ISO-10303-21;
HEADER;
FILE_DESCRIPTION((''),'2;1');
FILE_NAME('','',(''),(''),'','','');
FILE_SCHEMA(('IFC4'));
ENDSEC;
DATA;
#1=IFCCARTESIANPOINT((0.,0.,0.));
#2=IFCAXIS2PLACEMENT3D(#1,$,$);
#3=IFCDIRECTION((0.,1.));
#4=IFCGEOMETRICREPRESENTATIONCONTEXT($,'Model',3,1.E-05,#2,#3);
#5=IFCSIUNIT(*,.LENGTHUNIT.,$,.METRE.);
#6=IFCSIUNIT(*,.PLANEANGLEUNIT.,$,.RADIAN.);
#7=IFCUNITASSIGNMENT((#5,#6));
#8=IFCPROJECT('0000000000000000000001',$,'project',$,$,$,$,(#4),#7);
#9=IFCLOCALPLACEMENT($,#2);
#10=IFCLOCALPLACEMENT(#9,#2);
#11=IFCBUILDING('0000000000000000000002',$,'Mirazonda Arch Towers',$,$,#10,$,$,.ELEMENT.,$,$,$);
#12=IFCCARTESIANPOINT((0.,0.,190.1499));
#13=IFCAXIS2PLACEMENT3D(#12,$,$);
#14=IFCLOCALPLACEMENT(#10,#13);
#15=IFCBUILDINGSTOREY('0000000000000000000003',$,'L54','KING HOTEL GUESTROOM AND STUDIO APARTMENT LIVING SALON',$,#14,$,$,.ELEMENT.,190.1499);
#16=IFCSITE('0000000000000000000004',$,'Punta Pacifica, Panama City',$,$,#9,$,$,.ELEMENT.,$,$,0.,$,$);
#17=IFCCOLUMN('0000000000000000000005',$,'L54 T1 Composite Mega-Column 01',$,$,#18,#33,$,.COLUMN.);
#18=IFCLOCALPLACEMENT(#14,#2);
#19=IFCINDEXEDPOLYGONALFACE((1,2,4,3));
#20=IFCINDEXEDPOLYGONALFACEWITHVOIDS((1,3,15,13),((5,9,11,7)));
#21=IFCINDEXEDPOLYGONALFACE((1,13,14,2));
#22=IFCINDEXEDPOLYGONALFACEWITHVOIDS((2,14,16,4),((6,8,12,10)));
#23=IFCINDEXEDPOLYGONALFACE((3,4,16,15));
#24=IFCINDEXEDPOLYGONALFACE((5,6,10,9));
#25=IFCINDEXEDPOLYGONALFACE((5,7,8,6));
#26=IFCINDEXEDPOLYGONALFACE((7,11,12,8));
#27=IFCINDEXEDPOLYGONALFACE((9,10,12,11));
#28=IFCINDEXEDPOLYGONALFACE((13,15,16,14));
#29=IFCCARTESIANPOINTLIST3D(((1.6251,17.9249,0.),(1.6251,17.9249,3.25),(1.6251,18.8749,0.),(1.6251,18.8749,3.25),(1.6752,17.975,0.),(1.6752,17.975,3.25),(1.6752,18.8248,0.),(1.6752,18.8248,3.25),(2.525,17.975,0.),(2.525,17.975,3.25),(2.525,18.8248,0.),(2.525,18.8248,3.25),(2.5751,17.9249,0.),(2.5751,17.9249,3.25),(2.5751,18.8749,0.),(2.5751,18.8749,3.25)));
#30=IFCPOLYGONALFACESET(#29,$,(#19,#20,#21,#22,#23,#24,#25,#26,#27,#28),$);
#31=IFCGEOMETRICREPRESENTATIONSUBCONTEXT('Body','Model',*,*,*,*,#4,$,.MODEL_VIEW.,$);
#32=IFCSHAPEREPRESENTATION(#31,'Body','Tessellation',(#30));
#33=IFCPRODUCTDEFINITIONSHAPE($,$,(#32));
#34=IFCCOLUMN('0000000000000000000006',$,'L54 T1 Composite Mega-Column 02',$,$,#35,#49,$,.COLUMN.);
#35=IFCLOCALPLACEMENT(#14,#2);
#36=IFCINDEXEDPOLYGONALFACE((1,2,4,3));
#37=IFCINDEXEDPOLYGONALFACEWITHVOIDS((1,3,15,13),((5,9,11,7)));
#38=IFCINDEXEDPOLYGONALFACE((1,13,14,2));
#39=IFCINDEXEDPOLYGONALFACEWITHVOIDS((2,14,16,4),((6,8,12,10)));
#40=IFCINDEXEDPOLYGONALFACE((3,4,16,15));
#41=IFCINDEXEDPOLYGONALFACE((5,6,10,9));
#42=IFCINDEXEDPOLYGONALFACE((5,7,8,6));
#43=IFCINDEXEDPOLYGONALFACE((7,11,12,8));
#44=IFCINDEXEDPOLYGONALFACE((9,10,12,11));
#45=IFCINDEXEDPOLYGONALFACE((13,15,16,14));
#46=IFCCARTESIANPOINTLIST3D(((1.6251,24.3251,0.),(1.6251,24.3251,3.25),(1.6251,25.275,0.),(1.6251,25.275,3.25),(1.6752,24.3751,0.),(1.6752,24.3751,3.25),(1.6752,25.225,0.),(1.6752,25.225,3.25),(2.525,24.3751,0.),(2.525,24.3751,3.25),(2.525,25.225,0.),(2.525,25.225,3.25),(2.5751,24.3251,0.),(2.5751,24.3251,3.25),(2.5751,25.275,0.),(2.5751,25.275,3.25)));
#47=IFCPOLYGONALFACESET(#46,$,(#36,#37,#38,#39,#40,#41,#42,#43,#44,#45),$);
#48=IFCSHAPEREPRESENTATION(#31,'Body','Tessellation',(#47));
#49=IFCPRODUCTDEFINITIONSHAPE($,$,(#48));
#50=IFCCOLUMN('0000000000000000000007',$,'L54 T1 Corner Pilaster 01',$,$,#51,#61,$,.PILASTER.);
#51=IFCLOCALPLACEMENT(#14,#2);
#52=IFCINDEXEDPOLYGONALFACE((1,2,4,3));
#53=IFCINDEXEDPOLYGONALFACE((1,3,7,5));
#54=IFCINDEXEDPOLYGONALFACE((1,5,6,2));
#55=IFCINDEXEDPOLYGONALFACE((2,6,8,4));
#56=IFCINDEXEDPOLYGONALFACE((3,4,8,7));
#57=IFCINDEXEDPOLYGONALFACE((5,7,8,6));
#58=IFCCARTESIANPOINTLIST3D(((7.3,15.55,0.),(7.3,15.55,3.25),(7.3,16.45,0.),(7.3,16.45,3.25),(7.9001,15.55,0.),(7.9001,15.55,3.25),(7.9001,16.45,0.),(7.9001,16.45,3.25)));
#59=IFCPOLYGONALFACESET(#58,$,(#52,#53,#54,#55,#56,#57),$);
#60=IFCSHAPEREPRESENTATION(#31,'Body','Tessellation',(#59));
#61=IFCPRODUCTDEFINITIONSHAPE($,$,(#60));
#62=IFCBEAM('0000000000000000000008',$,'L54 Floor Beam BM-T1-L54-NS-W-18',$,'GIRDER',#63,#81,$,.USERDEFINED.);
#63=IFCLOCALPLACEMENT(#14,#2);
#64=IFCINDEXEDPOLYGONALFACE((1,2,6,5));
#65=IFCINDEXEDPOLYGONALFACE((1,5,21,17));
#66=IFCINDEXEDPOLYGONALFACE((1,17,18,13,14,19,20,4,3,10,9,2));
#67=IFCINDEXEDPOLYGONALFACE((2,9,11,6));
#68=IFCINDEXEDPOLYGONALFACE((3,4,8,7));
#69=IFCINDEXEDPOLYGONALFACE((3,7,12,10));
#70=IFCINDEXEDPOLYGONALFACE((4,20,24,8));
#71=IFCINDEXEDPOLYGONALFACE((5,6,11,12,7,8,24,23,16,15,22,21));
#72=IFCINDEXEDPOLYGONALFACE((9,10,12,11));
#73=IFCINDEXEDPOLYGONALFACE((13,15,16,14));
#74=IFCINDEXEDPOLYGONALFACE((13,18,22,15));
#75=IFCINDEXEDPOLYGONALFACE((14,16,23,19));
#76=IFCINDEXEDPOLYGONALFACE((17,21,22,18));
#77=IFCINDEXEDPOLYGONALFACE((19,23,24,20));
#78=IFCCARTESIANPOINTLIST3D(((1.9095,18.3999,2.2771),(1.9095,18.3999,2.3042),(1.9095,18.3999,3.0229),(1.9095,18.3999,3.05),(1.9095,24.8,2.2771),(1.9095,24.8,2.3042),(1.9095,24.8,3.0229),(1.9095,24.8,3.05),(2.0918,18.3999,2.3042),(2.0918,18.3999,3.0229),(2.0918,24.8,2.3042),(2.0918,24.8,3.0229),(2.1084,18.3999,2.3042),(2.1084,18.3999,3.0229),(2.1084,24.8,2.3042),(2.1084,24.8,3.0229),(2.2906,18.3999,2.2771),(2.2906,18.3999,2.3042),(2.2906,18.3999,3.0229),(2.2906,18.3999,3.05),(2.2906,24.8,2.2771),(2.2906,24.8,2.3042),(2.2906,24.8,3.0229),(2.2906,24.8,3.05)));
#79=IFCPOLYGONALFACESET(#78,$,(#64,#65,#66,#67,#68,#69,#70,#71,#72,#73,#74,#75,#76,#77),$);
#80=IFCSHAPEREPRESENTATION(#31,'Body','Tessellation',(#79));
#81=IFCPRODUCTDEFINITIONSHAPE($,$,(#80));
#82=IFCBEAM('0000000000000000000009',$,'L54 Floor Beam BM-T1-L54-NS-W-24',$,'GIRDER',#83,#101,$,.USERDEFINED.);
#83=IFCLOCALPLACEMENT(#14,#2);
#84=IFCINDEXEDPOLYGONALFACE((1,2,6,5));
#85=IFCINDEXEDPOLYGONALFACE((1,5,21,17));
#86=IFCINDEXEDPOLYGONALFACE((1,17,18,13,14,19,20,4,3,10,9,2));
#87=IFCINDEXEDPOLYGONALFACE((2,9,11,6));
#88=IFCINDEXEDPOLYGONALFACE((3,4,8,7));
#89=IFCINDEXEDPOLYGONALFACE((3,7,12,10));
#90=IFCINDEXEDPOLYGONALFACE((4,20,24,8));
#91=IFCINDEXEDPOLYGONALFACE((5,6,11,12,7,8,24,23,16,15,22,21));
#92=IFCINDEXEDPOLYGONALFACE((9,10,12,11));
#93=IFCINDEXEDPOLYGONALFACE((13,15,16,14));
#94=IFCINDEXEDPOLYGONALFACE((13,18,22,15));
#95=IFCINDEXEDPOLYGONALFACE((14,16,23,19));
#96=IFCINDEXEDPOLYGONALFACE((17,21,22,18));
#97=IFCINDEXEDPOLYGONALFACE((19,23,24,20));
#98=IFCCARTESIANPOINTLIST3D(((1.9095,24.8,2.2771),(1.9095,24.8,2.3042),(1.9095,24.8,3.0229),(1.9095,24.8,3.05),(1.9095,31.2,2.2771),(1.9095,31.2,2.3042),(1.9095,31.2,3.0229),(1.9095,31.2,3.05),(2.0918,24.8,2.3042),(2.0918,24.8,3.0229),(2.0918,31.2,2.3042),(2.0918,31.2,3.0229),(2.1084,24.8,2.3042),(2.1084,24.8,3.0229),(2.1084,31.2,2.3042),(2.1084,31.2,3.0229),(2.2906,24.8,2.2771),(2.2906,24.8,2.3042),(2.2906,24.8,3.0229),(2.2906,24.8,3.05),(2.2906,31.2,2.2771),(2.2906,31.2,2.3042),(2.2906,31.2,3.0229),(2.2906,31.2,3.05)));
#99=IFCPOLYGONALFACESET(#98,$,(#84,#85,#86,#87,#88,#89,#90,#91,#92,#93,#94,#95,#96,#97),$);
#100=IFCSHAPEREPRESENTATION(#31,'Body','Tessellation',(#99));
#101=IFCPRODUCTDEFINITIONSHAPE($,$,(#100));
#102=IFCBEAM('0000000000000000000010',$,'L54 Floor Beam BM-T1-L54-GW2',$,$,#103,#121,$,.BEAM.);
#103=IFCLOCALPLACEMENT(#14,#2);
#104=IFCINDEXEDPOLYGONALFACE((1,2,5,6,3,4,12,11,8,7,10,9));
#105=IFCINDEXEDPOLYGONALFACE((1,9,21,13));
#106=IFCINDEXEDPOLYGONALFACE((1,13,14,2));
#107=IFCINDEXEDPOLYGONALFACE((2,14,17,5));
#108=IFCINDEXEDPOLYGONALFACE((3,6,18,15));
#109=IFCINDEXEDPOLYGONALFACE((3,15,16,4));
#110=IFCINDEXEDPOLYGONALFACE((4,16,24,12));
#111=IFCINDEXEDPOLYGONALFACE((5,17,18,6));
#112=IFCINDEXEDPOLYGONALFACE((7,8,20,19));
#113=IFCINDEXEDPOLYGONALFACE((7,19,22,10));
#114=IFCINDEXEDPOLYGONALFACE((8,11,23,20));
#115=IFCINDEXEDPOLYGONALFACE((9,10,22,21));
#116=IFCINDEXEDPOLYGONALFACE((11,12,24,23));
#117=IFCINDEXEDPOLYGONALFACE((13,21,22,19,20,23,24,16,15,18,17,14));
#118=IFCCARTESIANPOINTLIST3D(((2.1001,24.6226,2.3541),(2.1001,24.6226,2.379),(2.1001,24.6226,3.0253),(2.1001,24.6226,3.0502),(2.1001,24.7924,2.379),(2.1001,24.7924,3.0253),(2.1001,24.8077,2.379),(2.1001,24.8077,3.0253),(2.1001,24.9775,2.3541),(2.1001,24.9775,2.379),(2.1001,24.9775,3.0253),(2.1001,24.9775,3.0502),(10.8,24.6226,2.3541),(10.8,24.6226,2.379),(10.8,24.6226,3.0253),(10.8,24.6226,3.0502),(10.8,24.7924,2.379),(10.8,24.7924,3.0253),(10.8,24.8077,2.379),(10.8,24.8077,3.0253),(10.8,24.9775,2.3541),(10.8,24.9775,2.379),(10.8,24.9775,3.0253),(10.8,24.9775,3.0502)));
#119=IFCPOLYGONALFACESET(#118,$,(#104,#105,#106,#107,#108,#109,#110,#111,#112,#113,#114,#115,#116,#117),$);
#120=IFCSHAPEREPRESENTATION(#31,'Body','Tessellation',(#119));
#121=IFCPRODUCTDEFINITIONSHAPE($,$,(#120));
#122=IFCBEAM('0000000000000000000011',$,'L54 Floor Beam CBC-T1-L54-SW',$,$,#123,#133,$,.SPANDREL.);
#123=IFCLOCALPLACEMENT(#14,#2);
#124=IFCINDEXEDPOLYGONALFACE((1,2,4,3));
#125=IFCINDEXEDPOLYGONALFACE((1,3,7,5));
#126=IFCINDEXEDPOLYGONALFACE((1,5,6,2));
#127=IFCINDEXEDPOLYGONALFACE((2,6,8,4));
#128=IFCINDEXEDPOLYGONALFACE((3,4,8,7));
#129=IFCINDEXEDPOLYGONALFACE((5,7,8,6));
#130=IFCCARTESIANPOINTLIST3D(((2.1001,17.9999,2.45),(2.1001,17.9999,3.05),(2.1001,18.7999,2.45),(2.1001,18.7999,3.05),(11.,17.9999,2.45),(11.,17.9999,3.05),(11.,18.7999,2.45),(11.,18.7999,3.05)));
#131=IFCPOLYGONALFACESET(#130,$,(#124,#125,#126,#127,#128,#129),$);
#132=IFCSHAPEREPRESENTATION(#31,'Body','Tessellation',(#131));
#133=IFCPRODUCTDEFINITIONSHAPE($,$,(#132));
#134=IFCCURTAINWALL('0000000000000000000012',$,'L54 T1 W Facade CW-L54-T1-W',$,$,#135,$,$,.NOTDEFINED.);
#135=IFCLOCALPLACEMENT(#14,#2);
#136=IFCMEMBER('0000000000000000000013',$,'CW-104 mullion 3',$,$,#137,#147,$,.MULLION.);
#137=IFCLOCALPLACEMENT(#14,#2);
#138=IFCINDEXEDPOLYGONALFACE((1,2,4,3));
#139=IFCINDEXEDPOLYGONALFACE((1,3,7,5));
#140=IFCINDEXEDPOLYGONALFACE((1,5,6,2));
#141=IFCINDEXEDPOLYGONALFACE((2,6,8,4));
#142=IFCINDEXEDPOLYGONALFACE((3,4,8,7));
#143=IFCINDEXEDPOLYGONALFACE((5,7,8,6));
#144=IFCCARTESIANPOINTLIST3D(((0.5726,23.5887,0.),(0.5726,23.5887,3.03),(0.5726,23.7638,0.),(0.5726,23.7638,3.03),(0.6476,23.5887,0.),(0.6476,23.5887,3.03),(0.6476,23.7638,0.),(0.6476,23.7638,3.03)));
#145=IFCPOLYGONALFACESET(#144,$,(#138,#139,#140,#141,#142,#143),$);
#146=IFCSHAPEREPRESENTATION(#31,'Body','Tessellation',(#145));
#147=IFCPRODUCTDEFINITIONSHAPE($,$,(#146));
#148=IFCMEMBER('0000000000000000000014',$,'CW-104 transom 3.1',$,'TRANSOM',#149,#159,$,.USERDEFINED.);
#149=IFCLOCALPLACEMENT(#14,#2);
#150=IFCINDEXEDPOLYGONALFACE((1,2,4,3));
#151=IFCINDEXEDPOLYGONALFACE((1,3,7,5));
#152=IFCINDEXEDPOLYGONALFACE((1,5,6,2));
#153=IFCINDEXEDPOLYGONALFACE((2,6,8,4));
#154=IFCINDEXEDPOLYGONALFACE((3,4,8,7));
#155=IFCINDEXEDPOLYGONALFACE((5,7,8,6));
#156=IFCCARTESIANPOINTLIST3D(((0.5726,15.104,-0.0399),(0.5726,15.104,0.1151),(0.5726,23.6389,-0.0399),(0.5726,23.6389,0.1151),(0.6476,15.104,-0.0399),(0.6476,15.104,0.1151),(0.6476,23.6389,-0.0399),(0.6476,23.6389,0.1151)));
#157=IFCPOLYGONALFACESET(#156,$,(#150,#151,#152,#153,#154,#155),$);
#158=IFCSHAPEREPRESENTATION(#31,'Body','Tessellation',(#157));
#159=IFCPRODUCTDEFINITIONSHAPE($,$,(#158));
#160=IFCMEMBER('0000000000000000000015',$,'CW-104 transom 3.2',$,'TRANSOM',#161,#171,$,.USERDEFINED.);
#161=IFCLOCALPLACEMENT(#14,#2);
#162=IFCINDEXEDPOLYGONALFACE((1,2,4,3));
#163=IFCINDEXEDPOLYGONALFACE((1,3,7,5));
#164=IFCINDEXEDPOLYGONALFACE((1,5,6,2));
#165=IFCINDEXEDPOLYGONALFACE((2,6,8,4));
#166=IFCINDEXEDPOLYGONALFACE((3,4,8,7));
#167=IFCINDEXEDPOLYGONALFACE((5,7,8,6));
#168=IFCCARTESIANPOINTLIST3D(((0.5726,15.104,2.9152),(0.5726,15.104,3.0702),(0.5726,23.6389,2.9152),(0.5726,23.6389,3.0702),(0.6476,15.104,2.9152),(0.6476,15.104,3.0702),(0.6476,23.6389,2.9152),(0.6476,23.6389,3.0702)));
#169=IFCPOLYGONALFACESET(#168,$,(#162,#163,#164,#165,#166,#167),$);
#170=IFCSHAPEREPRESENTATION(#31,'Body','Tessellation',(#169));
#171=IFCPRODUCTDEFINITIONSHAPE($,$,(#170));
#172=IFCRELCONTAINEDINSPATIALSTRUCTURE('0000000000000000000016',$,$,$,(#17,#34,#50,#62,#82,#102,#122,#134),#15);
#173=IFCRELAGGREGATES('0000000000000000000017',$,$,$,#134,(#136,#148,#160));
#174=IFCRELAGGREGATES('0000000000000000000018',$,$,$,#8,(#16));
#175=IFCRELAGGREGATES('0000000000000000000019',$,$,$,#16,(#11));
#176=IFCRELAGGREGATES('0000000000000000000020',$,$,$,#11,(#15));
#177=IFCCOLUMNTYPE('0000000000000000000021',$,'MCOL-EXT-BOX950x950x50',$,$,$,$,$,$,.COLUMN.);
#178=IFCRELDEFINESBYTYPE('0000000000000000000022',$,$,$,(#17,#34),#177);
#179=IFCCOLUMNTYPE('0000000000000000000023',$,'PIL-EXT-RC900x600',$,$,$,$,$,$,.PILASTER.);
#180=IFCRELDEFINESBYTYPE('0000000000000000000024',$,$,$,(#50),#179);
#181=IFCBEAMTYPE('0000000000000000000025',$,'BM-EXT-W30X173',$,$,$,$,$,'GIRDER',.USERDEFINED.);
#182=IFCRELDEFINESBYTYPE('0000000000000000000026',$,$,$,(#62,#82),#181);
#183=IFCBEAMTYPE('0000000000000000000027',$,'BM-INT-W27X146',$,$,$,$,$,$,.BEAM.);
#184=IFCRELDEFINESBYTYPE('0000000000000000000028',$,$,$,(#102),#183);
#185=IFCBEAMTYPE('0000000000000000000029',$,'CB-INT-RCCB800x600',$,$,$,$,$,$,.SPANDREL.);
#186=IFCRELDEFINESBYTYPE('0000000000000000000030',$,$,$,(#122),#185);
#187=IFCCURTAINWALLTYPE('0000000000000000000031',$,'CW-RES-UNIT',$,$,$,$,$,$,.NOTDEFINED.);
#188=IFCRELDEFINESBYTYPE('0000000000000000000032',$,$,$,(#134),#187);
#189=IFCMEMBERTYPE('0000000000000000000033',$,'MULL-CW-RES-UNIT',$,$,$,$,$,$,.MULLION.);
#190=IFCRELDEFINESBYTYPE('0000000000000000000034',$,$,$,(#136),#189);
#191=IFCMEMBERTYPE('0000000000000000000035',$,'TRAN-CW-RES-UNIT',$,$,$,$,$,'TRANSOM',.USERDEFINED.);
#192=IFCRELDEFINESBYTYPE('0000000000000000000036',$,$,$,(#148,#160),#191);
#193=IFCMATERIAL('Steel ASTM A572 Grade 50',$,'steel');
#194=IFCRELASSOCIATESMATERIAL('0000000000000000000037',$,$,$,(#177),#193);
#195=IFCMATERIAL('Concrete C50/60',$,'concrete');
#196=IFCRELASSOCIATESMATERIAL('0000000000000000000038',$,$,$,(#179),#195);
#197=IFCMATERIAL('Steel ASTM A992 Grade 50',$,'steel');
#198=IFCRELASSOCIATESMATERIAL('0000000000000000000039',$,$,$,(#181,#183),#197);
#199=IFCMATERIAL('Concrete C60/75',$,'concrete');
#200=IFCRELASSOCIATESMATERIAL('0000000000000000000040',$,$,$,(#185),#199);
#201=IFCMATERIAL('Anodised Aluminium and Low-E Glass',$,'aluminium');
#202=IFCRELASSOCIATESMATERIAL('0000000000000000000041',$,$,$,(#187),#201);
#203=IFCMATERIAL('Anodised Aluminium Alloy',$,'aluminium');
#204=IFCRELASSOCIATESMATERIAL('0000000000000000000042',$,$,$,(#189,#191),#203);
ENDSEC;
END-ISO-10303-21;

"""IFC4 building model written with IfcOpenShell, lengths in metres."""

from ifc_helpers import new_model, si_unit, direction, frame, origin, origin_2d, place, context, subcontext, project, spatial, rectangle, hollow_rectangle, i_section, extrude, material, material_profile, profile_set, type_object, element, aggregate, save


model = new_model("IFC4")

# Units and contexts
model_context = context("Model", 3, precision=1e-05, world=origin(), true_north=direction((0.0, 1.0)))
body_context = subcontext(model_context, "Body", "Model", "MODEL_VIEW")
ifc_project = project(units=[si_unit("LENGTHUNIT", "METRE"), si_unit("PLANEANGLEUNIT", "RADIAN")], contexts=[model_context])

# Site, building, storey
site_placement = place(None, origin())
site = spatial("IfcSite", under=ifc_project, at=site_placement, Name="Punta Pacifica, Panama City", CompositionType="ELEMENT", RefElevation=0.0)
building_placement = place(site_placement, origin())
building = spatial("IfcBuilding", under=site, at=building_placement, Name="Mirazonda Arch Towers", CompositionType="ELEMENT")
storey_placement = place(building_placement, frame((0.0, 0.0, 190.1499)))
storey = spatial("IfcBuildingStorey", under=building, at=storey_placement, Name="L54", Description="KING HOTEL GUESTROOM AND STUDIO APARTMENT LIVING SALON", CompositionType="ELEMENT", Elevation=190.1499)

# Columns
ifc_material_1 = material(Name="Steel ASTM A572 Grade 50", Category="steel")
ifc_material_profile_1 = material_profile(ifc_material_1, hollow_rectangle(XDim=0.95, YDim=0.95, WallThickness=0.05, at=origin_2d()), Name="BOX950x950x50")
ifc_profile_set_1 = profile_set([ifc_material_profile_1], Name="Steel ASTM A572 Grade 50")
column_type_1 = type_object("IfcColumnType", Name="MCOL-EXT-BOX950x950x50", PredefinedType="COLUMN", material=ifc_profile_set_1)
for number, where, z_axis, x_axis, name in (
    (1, (2.1001, 18.3999, 0.0), (0.0, 0.0, 1.0), (1.0, 0.0, 0.0), "L54 T1 Composite Mega-Column 01"),
    (2, (2.1001, 24.8, 0.0), (0.0, 0.0, 1.0), (1.0, 0.0, 0.0), "L54 T1 Composite Mega-Column 02"),
):
    element("IfcColumn", number, at=place(storey_placement, frame(where, z_axis=z_axis, x_axis=x_axis)), inside=storey, type_object=column_type_1, Name=name, PredefinedType="COLUMN", context=body_context, shape_type="SweptSolid", body=[
        extrude(hollow_rectangle(XDim=0.95, YDim=0.95, WallThickness=0.05, at=origin_2d()), origin(), (0.0, 0.0, 1.0), 3.25),
    ])
ifc_material_2 = material(Name="Concrete C50/60", Category="concrete")
ifc_material_profile_2 = material_profile(ifc_material_2, rectangle(XDim=0.6001, YDim=0.8999, at=origin_2d()), Name="RC900x600")
ifc_profile_set_2 = profile_set([ifc_material_profile_2], Name="Concrete C50/60")
column_type_2 = type_object("IfcColumnType", Name="PIL-EXT-RC900x600", PredefinedType="PILASTER", material=ifc_profile_set_2)
column_placement = place(storey_placement, frame((7.6001, 16.0, 0.0), z_axis=(0.0, 0.0, 1.0), x_axis=(1.0, 0.0, 0.0)))
element("IfcColumn", 3, at=column_placement, inside=storey, type_object=column_type_2, Name="L54 T1 Corner Pilaster 01", PredefinedType="PILASTER", context=body_context, shape_type="SweptSolid", body=[
    extrude(rectangle(XDim=0.6001, YDim=0.8999, at=origin_2d()), origin(), (0.0, 0.0, 1.0), 3.25),
])

# Beams
ifc_material_3 = material(Name="Steel ASTM A992 Grade 50", Category="steel")
ifc_material_profile_3 = material_profile(ifc_material_3, i_section(OverallWidth=0.3811, OverallDepth=0.7729, WebThickness=0.0166, FlangeThickness=0.0271, at=origin_2d()), Name="W30X173")
ifc_profile_set_3 = profile_set([ifc_material_profile_3], Name="Steel ASTM A992 Grade 50")
beam_type_1 = type_object("IfcBeamType", Name="BM-EXT-W30X173", ElementType="GIRDER", PredefinedType="USERDEFINED", material=ifc_profile_set_3)
beam_1_placement = place(storey_placement, frame((2.1001, 18.3999, 2.6636), z_axis=(0.0, 1.0, 0.0), x_axis=(-1.0, 0.0, 0.0)))
element("IfcBeam", 4, at=beam_1_placement, inside=storey, type_object=beam_type_1, Name="L54 Floor Beam BM-T1-L54-NS-W-18", ObjectType="GIRDER", PredefinedType="USERDEFINED", context=body_context, shape_type="SweptSolid", body=[
    extrude(i_section(OverallWidth=0.3811, OverallDepth=0.7729, WebThickness=0.0166, FlangeThickness=0.0271, at=origin_2d()), origin(), (0.0, 0.0, 1.0), 6.4001),
])
beam_2_placement = place(storey_placement, frame((2.1001, 24.8, 2.6636), z_axis=(0.0, 1.0, 0.0), x_axis=(-1.0, 0.0, 0.0)))
element("IfcBeam", 5, at=beam_2_placement, inside=storey, type_object=beam_type_1, Name="L54 Floor Beam BM-T1-L54-NS-W-24", ObjectType="GIRDER", PredefinedType="USERDEFINED", context=body_context, shape_type="SweptSolid", body=[
    extrude(i_section(OverallWidth=0.3811, OverallDepth=0.7729, WebThickness=0.0166, FlangeThickness=0.0271, at=origin_2d()), origin(), (0.0, 0.0, 1.0), 6.3999),
])
ifc_material_profile_4 = material_profile(ifc_material_3, i_section(OverallWidth=0.355, OverallDepth=0.696, WebThickness=0.0154, FlangeThickness=0.0249, at=origin_2d()), Name="W27X146")
ifc_profile_set_4 = profile_set([ifc_material_profile_4], Name="Steel ASTM A992 Grade 50")
beam_type_2 = type_object("IfcBeamType", Name="BM-INT-W27X146", PredefinedType="BEAM", material=ifc_profile_set_4)
beam_3_placement = place(storey_placement, frame((2.1001, 24.8, 2.7021), z_axis=(1.0, 0.0, 0.0), x_axis=(0.0, 1.0, 0.0)))
element("IfcBeam", 6, at=beam_3_placement, inside=storey, type_object=beam_type_2, Name="L54 Floor Beam BM-T1-L54-GW2", PredefinedType="BEAM", context=body_context, shape_type="SweptSolid", body=[
    extrude(i_section(OverallWidth=0.355, OverallDepth=0.696, WebThickness=0.0154, FlangeThickness=0.0249, at=origin_2d()), origin(), (0.0, 0.0, 1.0), 8.7),
])
ifc_material_4 = material(Name="Concrete C60/75", Category="concrete")
ifc_material_profile_5 = material_profile(ifc_material_4, rectangle(XDim=0.8, YDim=0.6001, at=origin_2d()), Name="RCCB800x600")
ifc_profile_set_5 = profile_set([ifc_material_profile_5], Name="Concrete C60/75")
beam_type_3 = type_object("IfcBeamType", Name="CB-INT-RCCB800x600", PredefinedType="SPANDREL", material=ifc_profile_set_5)
beam_4_placement = place(storey_placement, frame((2.1001, 18.3999, 2.75), z_axis=(1.0, 0.0, 0.0), x_axis=(0.0, 1.0, 0.0)))
element("IfcBeam", 7, at=beam_4_placement, inside=storey, type_object=beam_type_3, Name="L54 Floor Beam CBC-T1-L54-SW", PredefinedType="SPANDREL", context=body_context, shape_type="SweptSolid", body=[
    extrude(rectangle(XDim=0.8, YDim=0.6001, at=origin_2d()), origin(), (0.0, 0.0, 1.0), 8.8999),
])

# Curtain wall, members
ifc_material_5 = material(Name="Anodised Aluminium and Low-E Glass", Category="aluminium")
curtain_wall_type = type_object("IfcCurtainWallType", Name="CW-RES-UNIT", PredefinedType="NOTDEFINED", material=ifc_material_5)
curtain_wall_placement = place(storey_placement, origin())
curtain_wall = element("IfcCurtainWall", 8, at=curtain_wall_placement, inside=storey, type_object=curtain_wall_type, Name="L54 T1 W Facade CW-L54-T1-W", PredefinedType="NOTDEFINED")
ifc_material_6 = material(Name="Anodised Aluminium Alloy", Category="aluminium")
ifc_material_profile_6 = material_profile(ifc_material_6, rectangle(XDim=0.075, YDim=0.175, at=origin_2d()), Name="ALU-MULL-75x175")
ifc_profile_set_6 = profile_set([ifc_material_profile_6], Name="Anodised Aluminium Alloy")
member_type_1 = type_object("IfcMemberType", Name="MULL-CW-RES-UNIT", PredefinedType="MULLION", material=ifc_profile_set_6)
member_1_placement = place(storey_placement, frame((0.6101, 23.6763, 0.0), z_axis=(0.0, 0.0, 1.0), x_axis=(1.0, 0.0, 0.0)))
member_1 = element("IfcMember", 9, at=member_1_placement, type_object=member_type_1, Name="CW-104 mullion 3", PredefinedType="MULLION", context=body_context, shape_type="SweptSolid", body=[
    extrude(rectangle(XDim=0.075, YDim=0.175, at=origin_2d()), origin(), (0.0, 0.0, 1.0), 3.03),
])
ifc_material_profile_7 = material_profile(ifc_material_6, rectangle(XDim=0.075, YDim=0.155, at=origin_2d()), Name="ALU-TRAN-75x155")
ifc_profile_set_7 = profile_set([ifc_material_profile_7], Name="Anodised Aluminium Alloy")
member_type_2 = type_object("IfcMemberType", Name="TRAN-CW-RES-UNIT", ElementType="TRANSOM", PredefinedType="USERDEFINED", material=ifc_profile_set_7)
member_2_placement = place(storey_placement, frame((0.6101, 23.6389, 0.0376), z_axis=(0.0, -1.0, 0.0), x_axis=(1.0, 0.0, 0.0)))
member_2 = element("IfcMember", 10, at=member_2_placement, type_object=member_type_2, Name="CW-104 transom 3.1", ObjectType="TRANSOM", PredefinedType="USERDEFINED", context=body_context, shape_type="SweptSolid", body=[
    extrude(rectangle(XDim=0.075, YDim=0.155, at=origin_2d()), origin(), (0.0, 0.0, 1.0), 8.5349),
])
member_3_placement = place(storey_placement, frame((0.6101, 23.6389, 2.9927), z_axis=(0.0, -1.0, 0.0), x_axis=(1.0, 0.0, 0.0)))
member_3 = element("IfcMember", 11, at=member_3_placement, type_object=member_type_2, Name="CW-104 transom 3.2", ObjectType="TRANSOM", PredefinedType="USERDEFINED", context=body_context, shape_type="SweptSolid", body=[
    extrude(rectangle(XDim=0.075, YDim=0.155, at=origin_2d()), origin(), (0.0, 0.0, 1.0), 8.5349),
])
aggregate(curtain_wall, [member_1, member_2, member_3])

save(model, "model.ifc")
